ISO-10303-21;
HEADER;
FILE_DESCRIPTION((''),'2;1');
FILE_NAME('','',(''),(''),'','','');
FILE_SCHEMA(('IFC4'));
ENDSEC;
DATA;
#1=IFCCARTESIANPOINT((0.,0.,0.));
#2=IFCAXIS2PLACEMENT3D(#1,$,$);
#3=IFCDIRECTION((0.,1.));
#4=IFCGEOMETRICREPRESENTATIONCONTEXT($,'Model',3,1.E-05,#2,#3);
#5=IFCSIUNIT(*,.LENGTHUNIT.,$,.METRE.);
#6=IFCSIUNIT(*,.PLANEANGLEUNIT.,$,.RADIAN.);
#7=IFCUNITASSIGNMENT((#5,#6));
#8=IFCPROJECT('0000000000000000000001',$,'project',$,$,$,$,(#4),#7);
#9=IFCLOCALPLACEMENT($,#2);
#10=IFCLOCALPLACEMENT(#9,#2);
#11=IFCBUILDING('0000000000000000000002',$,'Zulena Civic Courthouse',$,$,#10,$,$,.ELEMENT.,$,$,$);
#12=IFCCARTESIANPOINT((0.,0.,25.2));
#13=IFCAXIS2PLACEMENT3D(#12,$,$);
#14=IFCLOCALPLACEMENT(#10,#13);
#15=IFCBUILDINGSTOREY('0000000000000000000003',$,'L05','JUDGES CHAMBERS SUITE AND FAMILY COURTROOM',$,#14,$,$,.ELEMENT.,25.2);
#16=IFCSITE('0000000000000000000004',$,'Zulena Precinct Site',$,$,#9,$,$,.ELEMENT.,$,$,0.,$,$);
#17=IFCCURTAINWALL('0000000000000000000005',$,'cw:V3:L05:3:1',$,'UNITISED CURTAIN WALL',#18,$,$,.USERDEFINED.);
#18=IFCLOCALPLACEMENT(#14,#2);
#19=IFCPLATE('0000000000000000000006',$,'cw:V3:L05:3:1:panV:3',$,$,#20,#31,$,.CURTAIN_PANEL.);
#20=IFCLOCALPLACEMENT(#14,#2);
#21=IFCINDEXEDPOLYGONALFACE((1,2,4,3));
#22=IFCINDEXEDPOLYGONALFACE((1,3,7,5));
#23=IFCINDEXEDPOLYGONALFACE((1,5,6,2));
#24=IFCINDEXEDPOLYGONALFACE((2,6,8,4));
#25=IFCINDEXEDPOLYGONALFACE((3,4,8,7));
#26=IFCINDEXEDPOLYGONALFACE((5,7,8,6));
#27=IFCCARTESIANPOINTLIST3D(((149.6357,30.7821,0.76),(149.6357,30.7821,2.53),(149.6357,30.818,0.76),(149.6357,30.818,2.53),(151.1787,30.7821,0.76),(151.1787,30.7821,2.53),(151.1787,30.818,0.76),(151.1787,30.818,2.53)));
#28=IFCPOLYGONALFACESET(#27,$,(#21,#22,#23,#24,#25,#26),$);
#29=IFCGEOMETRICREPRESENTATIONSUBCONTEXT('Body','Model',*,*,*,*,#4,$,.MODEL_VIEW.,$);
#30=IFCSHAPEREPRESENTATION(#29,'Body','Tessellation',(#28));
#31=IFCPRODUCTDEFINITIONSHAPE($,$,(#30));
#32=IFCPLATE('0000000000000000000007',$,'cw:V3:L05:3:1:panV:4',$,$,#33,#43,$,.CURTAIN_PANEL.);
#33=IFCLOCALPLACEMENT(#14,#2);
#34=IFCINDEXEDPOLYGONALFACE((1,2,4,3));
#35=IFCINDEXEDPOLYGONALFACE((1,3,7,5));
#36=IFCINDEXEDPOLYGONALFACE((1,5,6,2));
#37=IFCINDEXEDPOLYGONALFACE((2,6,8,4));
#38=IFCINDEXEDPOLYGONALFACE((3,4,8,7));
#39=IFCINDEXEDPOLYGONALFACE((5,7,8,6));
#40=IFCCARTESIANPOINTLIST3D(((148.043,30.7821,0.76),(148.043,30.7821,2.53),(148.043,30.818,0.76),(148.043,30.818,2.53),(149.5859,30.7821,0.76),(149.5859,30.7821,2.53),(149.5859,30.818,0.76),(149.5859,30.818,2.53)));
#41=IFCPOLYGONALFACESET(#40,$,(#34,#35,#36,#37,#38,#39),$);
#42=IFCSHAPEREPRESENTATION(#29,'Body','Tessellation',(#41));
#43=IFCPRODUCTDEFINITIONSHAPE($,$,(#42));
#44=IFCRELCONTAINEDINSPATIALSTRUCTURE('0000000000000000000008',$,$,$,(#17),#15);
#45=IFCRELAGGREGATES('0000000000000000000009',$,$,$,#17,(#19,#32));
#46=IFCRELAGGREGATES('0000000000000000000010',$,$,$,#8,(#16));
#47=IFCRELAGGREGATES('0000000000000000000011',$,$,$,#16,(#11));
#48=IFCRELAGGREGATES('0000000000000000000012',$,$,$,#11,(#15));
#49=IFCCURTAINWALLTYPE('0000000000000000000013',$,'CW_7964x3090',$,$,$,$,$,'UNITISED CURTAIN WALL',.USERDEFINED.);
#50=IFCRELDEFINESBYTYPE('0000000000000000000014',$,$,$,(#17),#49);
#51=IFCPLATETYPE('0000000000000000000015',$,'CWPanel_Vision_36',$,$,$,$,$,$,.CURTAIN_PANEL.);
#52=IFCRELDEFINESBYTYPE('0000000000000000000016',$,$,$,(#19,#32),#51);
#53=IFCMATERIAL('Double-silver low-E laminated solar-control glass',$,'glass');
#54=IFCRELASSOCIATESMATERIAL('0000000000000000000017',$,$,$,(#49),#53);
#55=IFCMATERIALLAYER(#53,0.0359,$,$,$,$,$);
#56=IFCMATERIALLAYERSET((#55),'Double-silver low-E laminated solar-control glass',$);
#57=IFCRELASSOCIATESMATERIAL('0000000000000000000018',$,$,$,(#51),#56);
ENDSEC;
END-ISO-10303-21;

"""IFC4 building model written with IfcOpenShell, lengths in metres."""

from ifc_helpers import new_model, si_unit, direction, frame, origin, origin_2d, place, context, subcontext, project, spatial, rectangle, extrude, material, layer, layer_set, type_object, element, aggregate, save


model = new_model("IFC4")

# Units and contexts
model_context = context("Model", 3, precision=1e-05, world=origin(), true_north=direction((0.0, 1.0)))
body_context = subcontext(model_context, "Body", "Model", "MODEL_VIEW")
ifc_project = project(units=[si_unit("LENGTHUNIT", "METRE"), si_unit("PLANEANGLEUNIT", "RADIAN")], contexts=[model_context])

# Site, building, storey
site_placement = place(None, origin())
site = spatial("IfcSite", under=ifc_project, at=site_placement, Name="Zulena Precinct Site", CompositionType="ELEMENT", RefElevation=0.0)
building_placement = place(site_placement, origin())
building = spatial("IfcBuilding", under=site, at=building_placement, Name="Zulena Civic Courthouse", CompositionType="ELEMENT")
storey_placement = place(building_placement, frame((0.0, 0.0, 25.2)))
storey = spatial("IfcBuildingStorey", under=building, at=storey_placement, Name="L05", Description="JUDGES CHAMBERS SUITE AND FAMILY COURTROOM", CompositionType="ELEMENT", Elevation=25.2)

# Curtain wall
ifc_material_1 = material(Name="Double-silver low-E laminated solar-control glass", Category="glass")
curtain_wall_type = type_object("IfcCurtainWallType", Name="CW_7964x3090", ElementType="UNITISED CURTAIN WALL", PredefinedType="USERDEFINED", material=ifc_material_1)
curtain_wall_placement = place(storey_placement, origin())
curtain_wall = element("IfcCurtainWall", 1, at=curtain_wall_placement, inside=storey, type_object=curtain_wall_type, Name="cw:V3:L05:3:1", ObjectType="UNITISED CURTAIN WALL", PredefinedType="USERDEFINED")

# Plates
ifc_layer_1 = layer(ifc_material_1, 0.0359)
ifc_layer_set_1 = layer_set([ifc_layer_1], Name="Double-silver low-E laminated solar-control glass")
plate_type_1 = type_object("IfcPlateType", Name="CWPanel_Vision_36", PredefinedType="CURTAIN_PANEL", material=ifc_layer_set_1)
plate_1_placement = place(storey_placement, frame((150.4072, 30.8, 0.76), z_axis=(0.0, 0.0, 1.0), x_axis=(-1.0, 0.0, 0.0)))
plate_1 = element("IfcPlate", 2, at=plate_1_placement, type_object=plate_type_1, Name="cw:V3:L05:3:1:panV:3", PredefinedType="CURTAIN_PANEL", context=body_context, shape_type="SweptSolid", body=[
    extrude(rectangle(XDim=1.543, YDim=0.0359, at=origin_2d()), origin(), (0.0, 0.0, 1.0), 1.77),
])
plate_2_placement = place(storey_placement, frame((148.8145, 30.8, 0.76), z_axis=(0.0, 0.0, 1.0), x_axis=(-1.0, 0.0, 0.0)))
plate_2 = element("IfcPlate", 3, at=plate_2_placement, type_object=plate_type_1, Name="cw:V3:L05:3:1:panV:4", PredefinedType="CURTAIN_PANEL", context=body_context, shape_type="SweptSolid", body=[
    extrude(rectangle(XDim=1.543, YDim=0.0359, at=origin_2d()), origin(), (0.0, 0.0, 1.0), 1.77),
])
aggregate(curtain_wall, [plate_1, plate_2])

save(model, "model.ifc")
